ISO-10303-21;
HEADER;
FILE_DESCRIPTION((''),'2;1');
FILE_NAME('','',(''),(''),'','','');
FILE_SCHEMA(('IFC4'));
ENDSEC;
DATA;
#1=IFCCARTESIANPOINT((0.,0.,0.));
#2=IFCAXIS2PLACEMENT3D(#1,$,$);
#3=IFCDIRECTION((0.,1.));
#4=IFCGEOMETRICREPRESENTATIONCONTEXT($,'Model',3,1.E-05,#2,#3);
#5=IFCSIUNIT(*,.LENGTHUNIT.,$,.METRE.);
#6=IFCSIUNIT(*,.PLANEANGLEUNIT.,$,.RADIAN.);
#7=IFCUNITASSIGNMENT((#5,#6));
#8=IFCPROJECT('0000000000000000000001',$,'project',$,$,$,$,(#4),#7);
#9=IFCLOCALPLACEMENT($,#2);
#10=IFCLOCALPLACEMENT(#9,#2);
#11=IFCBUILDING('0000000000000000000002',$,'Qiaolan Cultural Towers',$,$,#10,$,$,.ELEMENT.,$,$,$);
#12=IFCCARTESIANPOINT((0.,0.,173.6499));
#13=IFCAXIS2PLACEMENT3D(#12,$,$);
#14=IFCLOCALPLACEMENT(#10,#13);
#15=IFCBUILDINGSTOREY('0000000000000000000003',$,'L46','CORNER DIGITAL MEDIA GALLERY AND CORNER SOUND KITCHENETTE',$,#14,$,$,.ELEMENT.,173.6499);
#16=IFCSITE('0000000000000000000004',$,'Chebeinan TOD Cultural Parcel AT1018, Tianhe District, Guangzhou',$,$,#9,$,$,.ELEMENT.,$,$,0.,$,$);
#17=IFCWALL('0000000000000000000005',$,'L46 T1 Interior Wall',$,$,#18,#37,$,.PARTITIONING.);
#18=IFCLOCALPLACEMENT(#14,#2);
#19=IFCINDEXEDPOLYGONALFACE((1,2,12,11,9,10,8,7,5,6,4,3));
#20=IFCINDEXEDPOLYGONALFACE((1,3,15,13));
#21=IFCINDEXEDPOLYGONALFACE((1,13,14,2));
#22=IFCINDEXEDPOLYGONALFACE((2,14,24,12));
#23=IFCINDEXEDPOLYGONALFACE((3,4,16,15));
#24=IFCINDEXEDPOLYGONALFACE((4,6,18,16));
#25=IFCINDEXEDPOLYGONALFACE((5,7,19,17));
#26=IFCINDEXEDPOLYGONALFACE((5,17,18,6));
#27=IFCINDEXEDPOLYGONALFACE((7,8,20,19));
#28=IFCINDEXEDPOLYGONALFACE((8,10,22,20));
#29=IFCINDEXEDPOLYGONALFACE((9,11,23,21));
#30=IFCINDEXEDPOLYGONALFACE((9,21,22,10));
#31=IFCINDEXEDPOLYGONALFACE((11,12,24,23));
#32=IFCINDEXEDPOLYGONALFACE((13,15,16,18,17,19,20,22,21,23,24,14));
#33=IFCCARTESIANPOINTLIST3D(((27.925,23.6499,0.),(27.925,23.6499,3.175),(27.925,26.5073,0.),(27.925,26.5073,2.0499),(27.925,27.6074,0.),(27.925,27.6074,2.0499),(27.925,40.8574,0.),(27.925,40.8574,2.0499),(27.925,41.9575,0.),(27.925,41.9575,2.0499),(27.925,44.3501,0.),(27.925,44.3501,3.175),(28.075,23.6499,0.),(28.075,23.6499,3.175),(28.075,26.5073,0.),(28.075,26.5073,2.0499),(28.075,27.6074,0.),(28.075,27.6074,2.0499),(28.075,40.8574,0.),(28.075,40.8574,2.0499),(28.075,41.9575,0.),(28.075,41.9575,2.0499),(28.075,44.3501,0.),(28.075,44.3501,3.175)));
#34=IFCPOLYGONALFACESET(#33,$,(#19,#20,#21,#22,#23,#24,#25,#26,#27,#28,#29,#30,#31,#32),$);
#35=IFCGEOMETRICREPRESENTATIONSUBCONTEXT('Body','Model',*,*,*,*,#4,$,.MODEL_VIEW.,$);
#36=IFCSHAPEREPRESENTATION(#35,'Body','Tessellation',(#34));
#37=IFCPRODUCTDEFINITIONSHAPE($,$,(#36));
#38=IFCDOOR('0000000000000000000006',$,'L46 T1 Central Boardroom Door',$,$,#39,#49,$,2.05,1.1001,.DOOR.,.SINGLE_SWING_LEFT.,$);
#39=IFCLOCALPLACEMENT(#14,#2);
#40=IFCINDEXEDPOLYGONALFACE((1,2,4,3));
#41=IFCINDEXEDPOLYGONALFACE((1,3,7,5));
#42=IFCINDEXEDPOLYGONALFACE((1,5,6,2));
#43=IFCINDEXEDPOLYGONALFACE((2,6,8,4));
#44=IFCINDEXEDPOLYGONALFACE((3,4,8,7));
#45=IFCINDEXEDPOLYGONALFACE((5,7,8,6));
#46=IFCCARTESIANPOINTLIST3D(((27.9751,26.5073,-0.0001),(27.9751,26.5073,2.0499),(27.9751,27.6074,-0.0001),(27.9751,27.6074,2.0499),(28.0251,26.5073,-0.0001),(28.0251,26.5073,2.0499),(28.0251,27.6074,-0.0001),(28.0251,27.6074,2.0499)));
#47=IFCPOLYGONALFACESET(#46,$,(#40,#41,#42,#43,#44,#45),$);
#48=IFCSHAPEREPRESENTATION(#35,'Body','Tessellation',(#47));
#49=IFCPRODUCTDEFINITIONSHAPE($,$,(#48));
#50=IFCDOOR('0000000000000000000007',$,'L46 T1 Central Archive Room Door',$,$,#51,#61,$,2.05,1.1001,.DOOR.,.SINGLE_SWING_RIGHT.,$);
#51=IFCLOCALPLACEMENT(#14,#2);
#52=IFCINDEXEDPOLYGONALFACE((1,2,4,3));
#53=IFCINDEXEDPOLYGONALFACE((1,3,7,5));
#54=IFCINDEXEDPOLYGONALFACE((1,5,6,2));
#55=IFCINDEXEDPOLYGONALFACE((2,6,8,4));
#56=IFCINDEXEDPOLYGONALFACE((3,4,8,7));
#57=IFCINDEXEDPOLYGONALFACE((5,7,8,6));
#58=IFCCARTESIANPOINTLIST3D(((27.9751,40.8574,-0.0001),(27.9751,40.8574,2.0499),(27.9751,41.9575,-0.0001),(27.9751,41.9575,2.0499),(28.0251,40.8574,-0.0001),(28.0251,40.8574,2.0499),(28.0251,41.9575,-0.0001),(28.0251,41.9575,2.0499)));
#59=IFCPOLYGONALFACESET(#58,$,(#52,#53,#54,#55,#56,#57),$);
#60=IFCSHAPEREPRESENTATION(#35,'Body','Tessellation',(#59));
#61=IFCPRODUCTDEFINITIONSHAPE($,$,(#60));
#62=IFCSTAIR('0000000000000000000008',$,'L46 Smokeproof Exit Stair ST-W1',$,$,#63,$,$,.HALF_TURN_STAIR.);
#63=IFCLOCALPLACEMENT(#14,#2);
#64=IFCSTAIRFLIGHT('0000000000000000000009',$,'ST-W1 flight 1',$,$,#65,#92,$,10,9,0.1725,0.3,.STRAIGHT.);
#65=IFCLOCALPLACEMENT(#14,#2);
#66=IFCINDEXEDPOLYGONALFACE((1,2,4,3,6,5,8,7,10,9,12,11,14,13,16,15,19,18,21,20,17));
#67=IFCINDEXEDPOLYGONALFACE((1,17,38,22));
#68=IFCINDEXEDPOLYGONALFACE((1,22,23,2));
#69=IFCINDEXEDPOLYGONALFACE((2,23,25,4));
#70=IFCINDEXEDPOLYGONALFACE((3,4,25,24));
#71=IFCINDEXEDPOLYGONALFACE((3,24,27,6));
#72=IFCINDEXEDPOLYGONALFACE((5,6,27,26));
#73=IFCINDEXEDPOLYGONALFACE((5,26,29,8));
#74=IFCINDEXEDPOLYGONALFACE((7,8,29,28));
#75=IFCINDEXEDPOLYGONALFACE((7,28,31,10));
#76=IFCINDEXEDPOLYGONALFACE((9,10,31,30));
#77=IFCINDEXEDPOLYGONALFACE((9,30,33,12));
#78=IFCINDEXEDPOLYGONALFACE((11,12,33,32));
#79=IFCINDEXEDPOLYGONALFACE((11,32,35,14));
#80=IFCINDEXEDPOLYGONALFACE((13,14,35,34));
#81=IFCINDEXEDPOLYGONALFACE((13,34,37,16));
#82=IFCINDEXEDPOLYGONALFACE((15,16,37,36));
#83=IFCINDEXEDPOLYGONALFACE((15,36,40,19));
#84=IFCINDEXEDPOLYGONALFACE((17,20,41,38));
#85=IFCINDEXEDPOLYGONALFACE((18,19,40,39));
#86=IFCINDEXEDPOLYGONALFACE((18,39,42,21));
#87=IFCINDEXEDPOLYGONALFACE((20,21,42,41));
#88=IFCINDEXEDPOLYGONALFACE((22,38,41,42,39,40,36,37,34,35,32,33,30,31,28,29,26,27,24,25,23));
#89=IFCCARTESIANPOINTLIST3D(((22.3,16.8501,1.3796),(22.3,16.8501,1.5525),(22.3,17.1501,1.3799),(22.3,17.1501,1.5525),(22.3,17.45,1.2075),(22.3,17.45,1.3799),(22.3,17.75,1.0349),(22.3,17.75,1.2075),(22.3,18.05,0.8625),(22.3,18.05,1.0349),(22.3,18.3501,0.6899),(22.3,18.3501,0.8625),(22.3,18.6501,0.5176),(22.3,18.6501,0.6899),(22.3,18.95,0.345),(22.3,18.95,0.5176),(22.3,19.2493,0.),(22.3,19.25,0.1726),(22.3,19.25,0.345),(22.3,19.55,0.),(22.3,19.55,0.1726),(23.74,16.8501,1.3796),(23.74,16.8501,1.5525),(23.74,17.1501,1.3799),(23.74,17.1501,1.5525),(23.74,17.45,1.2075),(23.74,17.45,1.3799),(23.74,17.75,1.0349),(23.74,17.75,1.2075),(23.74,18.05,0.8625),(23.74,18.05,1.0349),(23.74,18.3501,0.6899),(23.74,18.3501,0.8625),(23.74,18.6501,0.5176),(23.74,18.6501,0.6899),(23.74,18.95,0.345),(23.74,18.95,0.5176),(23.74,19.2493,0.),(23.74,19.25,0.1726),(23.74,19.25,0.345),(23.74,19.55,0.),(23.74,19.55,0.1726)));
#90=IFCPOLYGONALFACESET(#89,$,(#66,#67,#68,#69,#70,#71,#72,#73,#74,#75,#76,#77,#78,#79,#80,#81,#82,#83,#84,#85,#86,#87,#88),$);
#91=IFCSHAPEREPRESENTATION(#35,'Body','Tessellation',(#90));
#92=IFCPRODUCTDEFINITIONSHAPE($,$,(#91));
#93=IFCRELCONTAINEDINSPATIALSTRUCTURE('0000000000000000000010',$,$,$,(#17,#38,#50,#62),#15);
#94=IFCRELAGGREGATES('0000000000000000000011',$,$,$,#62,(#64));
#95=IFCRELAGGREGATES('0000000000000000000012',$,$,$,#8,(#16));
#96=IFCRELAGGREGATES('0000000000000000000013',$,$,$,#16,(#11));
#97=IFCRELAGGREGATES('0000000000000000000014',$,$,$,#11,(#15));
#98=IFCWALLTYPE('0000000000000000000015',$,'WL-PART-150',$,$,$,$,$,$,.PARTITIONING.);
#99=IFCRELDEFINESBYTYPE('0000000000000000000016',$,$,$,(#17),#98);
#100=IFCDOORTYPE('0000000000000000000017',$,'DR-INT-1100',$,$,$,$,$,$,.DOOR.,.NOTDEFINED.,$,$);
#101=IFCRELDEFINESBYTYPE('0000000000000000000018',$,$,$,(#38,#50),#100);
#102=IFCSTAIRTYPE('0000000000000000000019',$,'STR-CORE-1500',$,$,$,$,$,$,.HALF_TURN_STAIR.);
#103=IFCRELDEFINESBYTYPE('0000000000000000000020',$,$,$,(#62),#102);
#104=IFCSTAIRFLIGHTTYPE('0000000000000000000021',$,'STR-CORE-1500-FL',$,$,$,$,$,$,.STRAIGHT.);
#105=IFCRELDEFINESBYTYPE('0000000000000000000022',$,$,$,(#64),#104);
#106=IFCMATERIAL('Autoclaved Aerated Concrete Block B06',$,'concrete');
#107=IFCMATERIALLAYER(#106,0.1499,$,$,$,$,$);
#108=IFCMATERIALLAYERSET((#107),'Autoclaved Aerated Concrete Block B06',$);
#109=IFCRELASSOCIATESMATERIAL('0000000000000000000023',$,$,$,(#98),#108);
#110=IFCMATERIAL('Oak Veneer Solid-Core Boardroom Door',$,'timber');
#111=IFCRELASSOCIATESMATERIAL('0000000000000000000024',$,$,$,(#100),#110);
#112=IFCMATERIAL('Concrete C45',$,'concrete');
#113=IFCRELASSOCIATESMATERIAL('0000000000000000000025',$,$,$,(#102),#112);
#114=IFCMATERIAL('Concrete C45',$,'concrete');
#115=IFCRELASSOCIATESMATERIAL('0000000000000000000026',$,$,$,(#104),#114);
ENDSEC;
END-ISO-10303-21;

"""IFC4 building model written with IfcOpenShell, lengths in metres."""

from ifc_helpers import new_model, si_unit, direction, frame, frame_2d, origin, place, context, subcontext, project, spatial, polyline, rectangle, outline, extrude, material, layer, layer_set, type_object, element, fill, aggregate, save


model = new_model("IFC4")

# Units and contexts
model_context = context("Model", 3, precision=1e-05, world=origin(), true_north=direction((0.0, 1.0)))
body_context = subcontext(model_context, "Body", "Model", "MODEL_VIEW")
ifc_project = project(units=[si_unit("LENGTHUNIT", "METRE"), si_unit("PLANEANGLEUNIT", "RADIAN")], contexts=[model_context])

# Site, building, storey
site_placement = place(None, origin())
site = spatial("IfcSite", under=ifc_project, at=site_placement, Name="Chebeinan TOD Cultural Parcel AT1018, Tianhe District, Guangzhou", CompositionType="ELEMENT", RefElevation=0.0)
building_placement = place(site_placement, origin())
building = spatial("IfcBuilding", under=site, at=building_placement, Name="Qiaolan Cultural Towers", CompositionType="ELEMENT")
storey_placement = place(building_placement, frame((0.0, 0.0, 173.6499)))
storey = spatial("IfcBuildingStorey", under=building, at=storey_placement, Name="L46", Description="CORNER DIGITAL MEDIA GALLERY AND CORNER SOUND KITCHENETTE", CompositionType="ELEMENT", Elevation=173.6499)

# Shared definitions
ifc_material_1 = material(Name="Autoclaved Aerated Concrete Block B06", Category="concrete")
ifc_layer_1 = layer(ifc_material_1, 0.1499)
ifc_layer_set_1 = layer_set([ifc_layer_1], Name="Autoclaved Aerated Concrete Block B06")
wall_type_1 = type_object("IfcWallType", Name="WL-PART-150", PredefinedType="PARTITIONING", material=ifc_layer_set_1)

# Wall, openings, doors
wall_1_placement = place(storey_placement, frame((28.0, 23.6499, 0.0), z_axis=(0.0, 0.0, 1.0), x_axis=(0.0, 1.0, 0.0)))
wall_1 = element("IfcWall", 1, at=wall_1_placement, inside=storey, type_object=wall_type_1, Name="L46 T1 Interior Wall", PredefinedType="PARTITIONING", context=body_context, shape_type="SweptSolid", body=[
    extrude(rectangle(XDim=20.7002, YDim=0.1499, at=frame_2d((10.3501, 0.0))), origin(), (0.0, 0.0, 1.0), 3.175),
])
opening_1_placement = place(wall_1_placement, frame((2.8574, 0.0, 0.0)))
opening_1 = element("IfcOpeningElement", 2, at=opening_1_placement, cuts=wall_1, PredefinedType="OPENING", context=body_context, shape_type="SweptSolid", body=[
    extrude(rectangle(XDim=1.1001, YDim=2.05, at=frame_2d((0.55, 1.0249))), frame((0.0, 0.085, 0.0), z_axis=(0.0, -1.0, 0.0), x_axis=(1.0, 0.0, 0.0)), (0.0, 0.0, 1.0), 0.1699),
])
opening_2_placement = place(wall_1_placement, frame((17.2075, 0.0, 0.0)))
opening_2 = element("IfcOpeningElement", 3, at=opening_2_placement, cuts=wall_1, PredefinedType="OPENING", context=body_context, shape_type="SweptSolid", body=[
    extrude(rectangle(XDim=1.1001, YDim=2.05, at=frame_2d((0.55, 1.0249))), frame((0.0, 0.085, 0.0), z_axis=(0.0, -1.0, 0.0), x_axis=(1.0, 0.0, 0.0)), (0.0, 0.0, 1.0), 0.1699),
])
ifc_material_2 = material(Name="Oak Veneer Solid-Core Boardroom Door", Category="timber")
door_type_1 = type_object("IfcDoorType", Name="DR-INT-1100", OperationType="NOTDEFINED", PredefinedType="DOOR", material=ifc_material_2)
door_1_placement = place(opening_1_placement, origin())
door_1 = element("IfcDoor", 4, at=door_1_placement, inside=storey, type_object=door_type_1, Name="L46 T1 Central Boardroom Door", OperationType="SINGLE_SWING_LEFT", OverallHeight=2.05, OverallWidth=1.1001, PredefinedType="DOOR", context=body_context, shape_type="SweptSolid", body=[
    extrude(rectangle(XDim=1.1001, YDim=2.05, at=frame_2d((0.55, 1.0249))), frame((0.0, 0.0249, 0.0), z_axis=(0.0, -1.0, 0.0), x_axis=(1.0, 0.0, 0.0)), (0.0, 0.0, 1.0), 0.05),
])
fill(opening_1, door_1)
door_2_placement = place(opening_2_placement, origin())
door_2 = element("IfcDoor", 5, at=door_2_placement, inside=storey, type_object=door_type_1, Name="L46 T1 Central Archive Room Door", OperationType="SINGLE_SWING_RIGHT", OverallHeight=2.05, OverallWidth=1.1001, PredefinedType="DOOR", context=body_context, shape_type="SweptSolid", body=[
    extrude(rectangle(XDim=1.1001, YDim=2.05, at=frame_2d((0.55, 1.0249))), frame((0.0, 0.0249, 0.0), z_axis=(0.0, -1.0, 0.0), x_axis=(1.0, 0.0, 0.0)), (0.0, 0.0, 1.0), 0.05),
])
fill(opening_2, door_2)

# Stair, stair flight
ifc_material_3 = material(Name="Concrete C45", Category="concrete")
stair_type = type_object("IfcStairType", Name="STR-CORE-1500", PredefinedType="HALF_TURN_STAIR", material=ifc_material_3)
stair_placement = place(storey_placement, origin())
stair = element("IfcStair", 6, at=stair_placement, inside=storey, type_object=stair_type, Name="L46 Smokeproof Exit Stair ST-W1", PredefinedType="HALF_TURN_STAIR")
ifc_material_4 = material(Name="Concrete C45", Category="concrete")
stair_flight_type = type_object("IfcStairFlightType", Name="STR-CORE-1500-FL", PredefinedType="STRAIGHT", material=ifc_material_4)
stair_flight_placement = place(storey_placement, frame((23.02, 19.55, 0.0), z_axis=(0.0, 0.0, 1.0), x_axis=(0.0, -1.0, 0.0)))
stair_flight = element("IfcStairFlight", 7, at=stair_flight_placement, type_object=stair_flight_type, Name="ST-W1 flight 1", NumberOfRisers=10, NumberOfTreads=9, PredefinedType="STRAIGHT", RiserHeight=0.1725, TreadLength=0.3, context=body_context, shape_type="SweptSolid", body=[
    extrude(outline(polyline([(0.0, 0.0), (0.0, 0.1726), (0.3, 0.1726), (0.3, 0.345), (0.6001, 0.345), (0.6001, 0.5176), (0.8999, 0.5176), (0.8999, 0.6899), (1.2, 0.6899), (1.2, 0.8625), (1.5, 0.8625), (1.5, 1.0349), (1.8, 1.0349), (1.8, 1.2075), (2.1001, 1.2075), (2.1001, 1.3799), (2.3999, 1.3799), (2.3999, 1.5525), (2.7, 1.5525), (2.7, 1.7251), (2.7, 1.3796), (0.3008, 0.0), (0.0, 0.0)])), frame((0.0, 0.72, 0.0), z_axis=(0.0, -1.0, 0.0), x_axis=(1.0, 0.0, 0.0)), (0.0, 0.0, 1.0), 1.4399),
])
aggregate(stair, [stair_flight])

save(model, "model.ifc")
